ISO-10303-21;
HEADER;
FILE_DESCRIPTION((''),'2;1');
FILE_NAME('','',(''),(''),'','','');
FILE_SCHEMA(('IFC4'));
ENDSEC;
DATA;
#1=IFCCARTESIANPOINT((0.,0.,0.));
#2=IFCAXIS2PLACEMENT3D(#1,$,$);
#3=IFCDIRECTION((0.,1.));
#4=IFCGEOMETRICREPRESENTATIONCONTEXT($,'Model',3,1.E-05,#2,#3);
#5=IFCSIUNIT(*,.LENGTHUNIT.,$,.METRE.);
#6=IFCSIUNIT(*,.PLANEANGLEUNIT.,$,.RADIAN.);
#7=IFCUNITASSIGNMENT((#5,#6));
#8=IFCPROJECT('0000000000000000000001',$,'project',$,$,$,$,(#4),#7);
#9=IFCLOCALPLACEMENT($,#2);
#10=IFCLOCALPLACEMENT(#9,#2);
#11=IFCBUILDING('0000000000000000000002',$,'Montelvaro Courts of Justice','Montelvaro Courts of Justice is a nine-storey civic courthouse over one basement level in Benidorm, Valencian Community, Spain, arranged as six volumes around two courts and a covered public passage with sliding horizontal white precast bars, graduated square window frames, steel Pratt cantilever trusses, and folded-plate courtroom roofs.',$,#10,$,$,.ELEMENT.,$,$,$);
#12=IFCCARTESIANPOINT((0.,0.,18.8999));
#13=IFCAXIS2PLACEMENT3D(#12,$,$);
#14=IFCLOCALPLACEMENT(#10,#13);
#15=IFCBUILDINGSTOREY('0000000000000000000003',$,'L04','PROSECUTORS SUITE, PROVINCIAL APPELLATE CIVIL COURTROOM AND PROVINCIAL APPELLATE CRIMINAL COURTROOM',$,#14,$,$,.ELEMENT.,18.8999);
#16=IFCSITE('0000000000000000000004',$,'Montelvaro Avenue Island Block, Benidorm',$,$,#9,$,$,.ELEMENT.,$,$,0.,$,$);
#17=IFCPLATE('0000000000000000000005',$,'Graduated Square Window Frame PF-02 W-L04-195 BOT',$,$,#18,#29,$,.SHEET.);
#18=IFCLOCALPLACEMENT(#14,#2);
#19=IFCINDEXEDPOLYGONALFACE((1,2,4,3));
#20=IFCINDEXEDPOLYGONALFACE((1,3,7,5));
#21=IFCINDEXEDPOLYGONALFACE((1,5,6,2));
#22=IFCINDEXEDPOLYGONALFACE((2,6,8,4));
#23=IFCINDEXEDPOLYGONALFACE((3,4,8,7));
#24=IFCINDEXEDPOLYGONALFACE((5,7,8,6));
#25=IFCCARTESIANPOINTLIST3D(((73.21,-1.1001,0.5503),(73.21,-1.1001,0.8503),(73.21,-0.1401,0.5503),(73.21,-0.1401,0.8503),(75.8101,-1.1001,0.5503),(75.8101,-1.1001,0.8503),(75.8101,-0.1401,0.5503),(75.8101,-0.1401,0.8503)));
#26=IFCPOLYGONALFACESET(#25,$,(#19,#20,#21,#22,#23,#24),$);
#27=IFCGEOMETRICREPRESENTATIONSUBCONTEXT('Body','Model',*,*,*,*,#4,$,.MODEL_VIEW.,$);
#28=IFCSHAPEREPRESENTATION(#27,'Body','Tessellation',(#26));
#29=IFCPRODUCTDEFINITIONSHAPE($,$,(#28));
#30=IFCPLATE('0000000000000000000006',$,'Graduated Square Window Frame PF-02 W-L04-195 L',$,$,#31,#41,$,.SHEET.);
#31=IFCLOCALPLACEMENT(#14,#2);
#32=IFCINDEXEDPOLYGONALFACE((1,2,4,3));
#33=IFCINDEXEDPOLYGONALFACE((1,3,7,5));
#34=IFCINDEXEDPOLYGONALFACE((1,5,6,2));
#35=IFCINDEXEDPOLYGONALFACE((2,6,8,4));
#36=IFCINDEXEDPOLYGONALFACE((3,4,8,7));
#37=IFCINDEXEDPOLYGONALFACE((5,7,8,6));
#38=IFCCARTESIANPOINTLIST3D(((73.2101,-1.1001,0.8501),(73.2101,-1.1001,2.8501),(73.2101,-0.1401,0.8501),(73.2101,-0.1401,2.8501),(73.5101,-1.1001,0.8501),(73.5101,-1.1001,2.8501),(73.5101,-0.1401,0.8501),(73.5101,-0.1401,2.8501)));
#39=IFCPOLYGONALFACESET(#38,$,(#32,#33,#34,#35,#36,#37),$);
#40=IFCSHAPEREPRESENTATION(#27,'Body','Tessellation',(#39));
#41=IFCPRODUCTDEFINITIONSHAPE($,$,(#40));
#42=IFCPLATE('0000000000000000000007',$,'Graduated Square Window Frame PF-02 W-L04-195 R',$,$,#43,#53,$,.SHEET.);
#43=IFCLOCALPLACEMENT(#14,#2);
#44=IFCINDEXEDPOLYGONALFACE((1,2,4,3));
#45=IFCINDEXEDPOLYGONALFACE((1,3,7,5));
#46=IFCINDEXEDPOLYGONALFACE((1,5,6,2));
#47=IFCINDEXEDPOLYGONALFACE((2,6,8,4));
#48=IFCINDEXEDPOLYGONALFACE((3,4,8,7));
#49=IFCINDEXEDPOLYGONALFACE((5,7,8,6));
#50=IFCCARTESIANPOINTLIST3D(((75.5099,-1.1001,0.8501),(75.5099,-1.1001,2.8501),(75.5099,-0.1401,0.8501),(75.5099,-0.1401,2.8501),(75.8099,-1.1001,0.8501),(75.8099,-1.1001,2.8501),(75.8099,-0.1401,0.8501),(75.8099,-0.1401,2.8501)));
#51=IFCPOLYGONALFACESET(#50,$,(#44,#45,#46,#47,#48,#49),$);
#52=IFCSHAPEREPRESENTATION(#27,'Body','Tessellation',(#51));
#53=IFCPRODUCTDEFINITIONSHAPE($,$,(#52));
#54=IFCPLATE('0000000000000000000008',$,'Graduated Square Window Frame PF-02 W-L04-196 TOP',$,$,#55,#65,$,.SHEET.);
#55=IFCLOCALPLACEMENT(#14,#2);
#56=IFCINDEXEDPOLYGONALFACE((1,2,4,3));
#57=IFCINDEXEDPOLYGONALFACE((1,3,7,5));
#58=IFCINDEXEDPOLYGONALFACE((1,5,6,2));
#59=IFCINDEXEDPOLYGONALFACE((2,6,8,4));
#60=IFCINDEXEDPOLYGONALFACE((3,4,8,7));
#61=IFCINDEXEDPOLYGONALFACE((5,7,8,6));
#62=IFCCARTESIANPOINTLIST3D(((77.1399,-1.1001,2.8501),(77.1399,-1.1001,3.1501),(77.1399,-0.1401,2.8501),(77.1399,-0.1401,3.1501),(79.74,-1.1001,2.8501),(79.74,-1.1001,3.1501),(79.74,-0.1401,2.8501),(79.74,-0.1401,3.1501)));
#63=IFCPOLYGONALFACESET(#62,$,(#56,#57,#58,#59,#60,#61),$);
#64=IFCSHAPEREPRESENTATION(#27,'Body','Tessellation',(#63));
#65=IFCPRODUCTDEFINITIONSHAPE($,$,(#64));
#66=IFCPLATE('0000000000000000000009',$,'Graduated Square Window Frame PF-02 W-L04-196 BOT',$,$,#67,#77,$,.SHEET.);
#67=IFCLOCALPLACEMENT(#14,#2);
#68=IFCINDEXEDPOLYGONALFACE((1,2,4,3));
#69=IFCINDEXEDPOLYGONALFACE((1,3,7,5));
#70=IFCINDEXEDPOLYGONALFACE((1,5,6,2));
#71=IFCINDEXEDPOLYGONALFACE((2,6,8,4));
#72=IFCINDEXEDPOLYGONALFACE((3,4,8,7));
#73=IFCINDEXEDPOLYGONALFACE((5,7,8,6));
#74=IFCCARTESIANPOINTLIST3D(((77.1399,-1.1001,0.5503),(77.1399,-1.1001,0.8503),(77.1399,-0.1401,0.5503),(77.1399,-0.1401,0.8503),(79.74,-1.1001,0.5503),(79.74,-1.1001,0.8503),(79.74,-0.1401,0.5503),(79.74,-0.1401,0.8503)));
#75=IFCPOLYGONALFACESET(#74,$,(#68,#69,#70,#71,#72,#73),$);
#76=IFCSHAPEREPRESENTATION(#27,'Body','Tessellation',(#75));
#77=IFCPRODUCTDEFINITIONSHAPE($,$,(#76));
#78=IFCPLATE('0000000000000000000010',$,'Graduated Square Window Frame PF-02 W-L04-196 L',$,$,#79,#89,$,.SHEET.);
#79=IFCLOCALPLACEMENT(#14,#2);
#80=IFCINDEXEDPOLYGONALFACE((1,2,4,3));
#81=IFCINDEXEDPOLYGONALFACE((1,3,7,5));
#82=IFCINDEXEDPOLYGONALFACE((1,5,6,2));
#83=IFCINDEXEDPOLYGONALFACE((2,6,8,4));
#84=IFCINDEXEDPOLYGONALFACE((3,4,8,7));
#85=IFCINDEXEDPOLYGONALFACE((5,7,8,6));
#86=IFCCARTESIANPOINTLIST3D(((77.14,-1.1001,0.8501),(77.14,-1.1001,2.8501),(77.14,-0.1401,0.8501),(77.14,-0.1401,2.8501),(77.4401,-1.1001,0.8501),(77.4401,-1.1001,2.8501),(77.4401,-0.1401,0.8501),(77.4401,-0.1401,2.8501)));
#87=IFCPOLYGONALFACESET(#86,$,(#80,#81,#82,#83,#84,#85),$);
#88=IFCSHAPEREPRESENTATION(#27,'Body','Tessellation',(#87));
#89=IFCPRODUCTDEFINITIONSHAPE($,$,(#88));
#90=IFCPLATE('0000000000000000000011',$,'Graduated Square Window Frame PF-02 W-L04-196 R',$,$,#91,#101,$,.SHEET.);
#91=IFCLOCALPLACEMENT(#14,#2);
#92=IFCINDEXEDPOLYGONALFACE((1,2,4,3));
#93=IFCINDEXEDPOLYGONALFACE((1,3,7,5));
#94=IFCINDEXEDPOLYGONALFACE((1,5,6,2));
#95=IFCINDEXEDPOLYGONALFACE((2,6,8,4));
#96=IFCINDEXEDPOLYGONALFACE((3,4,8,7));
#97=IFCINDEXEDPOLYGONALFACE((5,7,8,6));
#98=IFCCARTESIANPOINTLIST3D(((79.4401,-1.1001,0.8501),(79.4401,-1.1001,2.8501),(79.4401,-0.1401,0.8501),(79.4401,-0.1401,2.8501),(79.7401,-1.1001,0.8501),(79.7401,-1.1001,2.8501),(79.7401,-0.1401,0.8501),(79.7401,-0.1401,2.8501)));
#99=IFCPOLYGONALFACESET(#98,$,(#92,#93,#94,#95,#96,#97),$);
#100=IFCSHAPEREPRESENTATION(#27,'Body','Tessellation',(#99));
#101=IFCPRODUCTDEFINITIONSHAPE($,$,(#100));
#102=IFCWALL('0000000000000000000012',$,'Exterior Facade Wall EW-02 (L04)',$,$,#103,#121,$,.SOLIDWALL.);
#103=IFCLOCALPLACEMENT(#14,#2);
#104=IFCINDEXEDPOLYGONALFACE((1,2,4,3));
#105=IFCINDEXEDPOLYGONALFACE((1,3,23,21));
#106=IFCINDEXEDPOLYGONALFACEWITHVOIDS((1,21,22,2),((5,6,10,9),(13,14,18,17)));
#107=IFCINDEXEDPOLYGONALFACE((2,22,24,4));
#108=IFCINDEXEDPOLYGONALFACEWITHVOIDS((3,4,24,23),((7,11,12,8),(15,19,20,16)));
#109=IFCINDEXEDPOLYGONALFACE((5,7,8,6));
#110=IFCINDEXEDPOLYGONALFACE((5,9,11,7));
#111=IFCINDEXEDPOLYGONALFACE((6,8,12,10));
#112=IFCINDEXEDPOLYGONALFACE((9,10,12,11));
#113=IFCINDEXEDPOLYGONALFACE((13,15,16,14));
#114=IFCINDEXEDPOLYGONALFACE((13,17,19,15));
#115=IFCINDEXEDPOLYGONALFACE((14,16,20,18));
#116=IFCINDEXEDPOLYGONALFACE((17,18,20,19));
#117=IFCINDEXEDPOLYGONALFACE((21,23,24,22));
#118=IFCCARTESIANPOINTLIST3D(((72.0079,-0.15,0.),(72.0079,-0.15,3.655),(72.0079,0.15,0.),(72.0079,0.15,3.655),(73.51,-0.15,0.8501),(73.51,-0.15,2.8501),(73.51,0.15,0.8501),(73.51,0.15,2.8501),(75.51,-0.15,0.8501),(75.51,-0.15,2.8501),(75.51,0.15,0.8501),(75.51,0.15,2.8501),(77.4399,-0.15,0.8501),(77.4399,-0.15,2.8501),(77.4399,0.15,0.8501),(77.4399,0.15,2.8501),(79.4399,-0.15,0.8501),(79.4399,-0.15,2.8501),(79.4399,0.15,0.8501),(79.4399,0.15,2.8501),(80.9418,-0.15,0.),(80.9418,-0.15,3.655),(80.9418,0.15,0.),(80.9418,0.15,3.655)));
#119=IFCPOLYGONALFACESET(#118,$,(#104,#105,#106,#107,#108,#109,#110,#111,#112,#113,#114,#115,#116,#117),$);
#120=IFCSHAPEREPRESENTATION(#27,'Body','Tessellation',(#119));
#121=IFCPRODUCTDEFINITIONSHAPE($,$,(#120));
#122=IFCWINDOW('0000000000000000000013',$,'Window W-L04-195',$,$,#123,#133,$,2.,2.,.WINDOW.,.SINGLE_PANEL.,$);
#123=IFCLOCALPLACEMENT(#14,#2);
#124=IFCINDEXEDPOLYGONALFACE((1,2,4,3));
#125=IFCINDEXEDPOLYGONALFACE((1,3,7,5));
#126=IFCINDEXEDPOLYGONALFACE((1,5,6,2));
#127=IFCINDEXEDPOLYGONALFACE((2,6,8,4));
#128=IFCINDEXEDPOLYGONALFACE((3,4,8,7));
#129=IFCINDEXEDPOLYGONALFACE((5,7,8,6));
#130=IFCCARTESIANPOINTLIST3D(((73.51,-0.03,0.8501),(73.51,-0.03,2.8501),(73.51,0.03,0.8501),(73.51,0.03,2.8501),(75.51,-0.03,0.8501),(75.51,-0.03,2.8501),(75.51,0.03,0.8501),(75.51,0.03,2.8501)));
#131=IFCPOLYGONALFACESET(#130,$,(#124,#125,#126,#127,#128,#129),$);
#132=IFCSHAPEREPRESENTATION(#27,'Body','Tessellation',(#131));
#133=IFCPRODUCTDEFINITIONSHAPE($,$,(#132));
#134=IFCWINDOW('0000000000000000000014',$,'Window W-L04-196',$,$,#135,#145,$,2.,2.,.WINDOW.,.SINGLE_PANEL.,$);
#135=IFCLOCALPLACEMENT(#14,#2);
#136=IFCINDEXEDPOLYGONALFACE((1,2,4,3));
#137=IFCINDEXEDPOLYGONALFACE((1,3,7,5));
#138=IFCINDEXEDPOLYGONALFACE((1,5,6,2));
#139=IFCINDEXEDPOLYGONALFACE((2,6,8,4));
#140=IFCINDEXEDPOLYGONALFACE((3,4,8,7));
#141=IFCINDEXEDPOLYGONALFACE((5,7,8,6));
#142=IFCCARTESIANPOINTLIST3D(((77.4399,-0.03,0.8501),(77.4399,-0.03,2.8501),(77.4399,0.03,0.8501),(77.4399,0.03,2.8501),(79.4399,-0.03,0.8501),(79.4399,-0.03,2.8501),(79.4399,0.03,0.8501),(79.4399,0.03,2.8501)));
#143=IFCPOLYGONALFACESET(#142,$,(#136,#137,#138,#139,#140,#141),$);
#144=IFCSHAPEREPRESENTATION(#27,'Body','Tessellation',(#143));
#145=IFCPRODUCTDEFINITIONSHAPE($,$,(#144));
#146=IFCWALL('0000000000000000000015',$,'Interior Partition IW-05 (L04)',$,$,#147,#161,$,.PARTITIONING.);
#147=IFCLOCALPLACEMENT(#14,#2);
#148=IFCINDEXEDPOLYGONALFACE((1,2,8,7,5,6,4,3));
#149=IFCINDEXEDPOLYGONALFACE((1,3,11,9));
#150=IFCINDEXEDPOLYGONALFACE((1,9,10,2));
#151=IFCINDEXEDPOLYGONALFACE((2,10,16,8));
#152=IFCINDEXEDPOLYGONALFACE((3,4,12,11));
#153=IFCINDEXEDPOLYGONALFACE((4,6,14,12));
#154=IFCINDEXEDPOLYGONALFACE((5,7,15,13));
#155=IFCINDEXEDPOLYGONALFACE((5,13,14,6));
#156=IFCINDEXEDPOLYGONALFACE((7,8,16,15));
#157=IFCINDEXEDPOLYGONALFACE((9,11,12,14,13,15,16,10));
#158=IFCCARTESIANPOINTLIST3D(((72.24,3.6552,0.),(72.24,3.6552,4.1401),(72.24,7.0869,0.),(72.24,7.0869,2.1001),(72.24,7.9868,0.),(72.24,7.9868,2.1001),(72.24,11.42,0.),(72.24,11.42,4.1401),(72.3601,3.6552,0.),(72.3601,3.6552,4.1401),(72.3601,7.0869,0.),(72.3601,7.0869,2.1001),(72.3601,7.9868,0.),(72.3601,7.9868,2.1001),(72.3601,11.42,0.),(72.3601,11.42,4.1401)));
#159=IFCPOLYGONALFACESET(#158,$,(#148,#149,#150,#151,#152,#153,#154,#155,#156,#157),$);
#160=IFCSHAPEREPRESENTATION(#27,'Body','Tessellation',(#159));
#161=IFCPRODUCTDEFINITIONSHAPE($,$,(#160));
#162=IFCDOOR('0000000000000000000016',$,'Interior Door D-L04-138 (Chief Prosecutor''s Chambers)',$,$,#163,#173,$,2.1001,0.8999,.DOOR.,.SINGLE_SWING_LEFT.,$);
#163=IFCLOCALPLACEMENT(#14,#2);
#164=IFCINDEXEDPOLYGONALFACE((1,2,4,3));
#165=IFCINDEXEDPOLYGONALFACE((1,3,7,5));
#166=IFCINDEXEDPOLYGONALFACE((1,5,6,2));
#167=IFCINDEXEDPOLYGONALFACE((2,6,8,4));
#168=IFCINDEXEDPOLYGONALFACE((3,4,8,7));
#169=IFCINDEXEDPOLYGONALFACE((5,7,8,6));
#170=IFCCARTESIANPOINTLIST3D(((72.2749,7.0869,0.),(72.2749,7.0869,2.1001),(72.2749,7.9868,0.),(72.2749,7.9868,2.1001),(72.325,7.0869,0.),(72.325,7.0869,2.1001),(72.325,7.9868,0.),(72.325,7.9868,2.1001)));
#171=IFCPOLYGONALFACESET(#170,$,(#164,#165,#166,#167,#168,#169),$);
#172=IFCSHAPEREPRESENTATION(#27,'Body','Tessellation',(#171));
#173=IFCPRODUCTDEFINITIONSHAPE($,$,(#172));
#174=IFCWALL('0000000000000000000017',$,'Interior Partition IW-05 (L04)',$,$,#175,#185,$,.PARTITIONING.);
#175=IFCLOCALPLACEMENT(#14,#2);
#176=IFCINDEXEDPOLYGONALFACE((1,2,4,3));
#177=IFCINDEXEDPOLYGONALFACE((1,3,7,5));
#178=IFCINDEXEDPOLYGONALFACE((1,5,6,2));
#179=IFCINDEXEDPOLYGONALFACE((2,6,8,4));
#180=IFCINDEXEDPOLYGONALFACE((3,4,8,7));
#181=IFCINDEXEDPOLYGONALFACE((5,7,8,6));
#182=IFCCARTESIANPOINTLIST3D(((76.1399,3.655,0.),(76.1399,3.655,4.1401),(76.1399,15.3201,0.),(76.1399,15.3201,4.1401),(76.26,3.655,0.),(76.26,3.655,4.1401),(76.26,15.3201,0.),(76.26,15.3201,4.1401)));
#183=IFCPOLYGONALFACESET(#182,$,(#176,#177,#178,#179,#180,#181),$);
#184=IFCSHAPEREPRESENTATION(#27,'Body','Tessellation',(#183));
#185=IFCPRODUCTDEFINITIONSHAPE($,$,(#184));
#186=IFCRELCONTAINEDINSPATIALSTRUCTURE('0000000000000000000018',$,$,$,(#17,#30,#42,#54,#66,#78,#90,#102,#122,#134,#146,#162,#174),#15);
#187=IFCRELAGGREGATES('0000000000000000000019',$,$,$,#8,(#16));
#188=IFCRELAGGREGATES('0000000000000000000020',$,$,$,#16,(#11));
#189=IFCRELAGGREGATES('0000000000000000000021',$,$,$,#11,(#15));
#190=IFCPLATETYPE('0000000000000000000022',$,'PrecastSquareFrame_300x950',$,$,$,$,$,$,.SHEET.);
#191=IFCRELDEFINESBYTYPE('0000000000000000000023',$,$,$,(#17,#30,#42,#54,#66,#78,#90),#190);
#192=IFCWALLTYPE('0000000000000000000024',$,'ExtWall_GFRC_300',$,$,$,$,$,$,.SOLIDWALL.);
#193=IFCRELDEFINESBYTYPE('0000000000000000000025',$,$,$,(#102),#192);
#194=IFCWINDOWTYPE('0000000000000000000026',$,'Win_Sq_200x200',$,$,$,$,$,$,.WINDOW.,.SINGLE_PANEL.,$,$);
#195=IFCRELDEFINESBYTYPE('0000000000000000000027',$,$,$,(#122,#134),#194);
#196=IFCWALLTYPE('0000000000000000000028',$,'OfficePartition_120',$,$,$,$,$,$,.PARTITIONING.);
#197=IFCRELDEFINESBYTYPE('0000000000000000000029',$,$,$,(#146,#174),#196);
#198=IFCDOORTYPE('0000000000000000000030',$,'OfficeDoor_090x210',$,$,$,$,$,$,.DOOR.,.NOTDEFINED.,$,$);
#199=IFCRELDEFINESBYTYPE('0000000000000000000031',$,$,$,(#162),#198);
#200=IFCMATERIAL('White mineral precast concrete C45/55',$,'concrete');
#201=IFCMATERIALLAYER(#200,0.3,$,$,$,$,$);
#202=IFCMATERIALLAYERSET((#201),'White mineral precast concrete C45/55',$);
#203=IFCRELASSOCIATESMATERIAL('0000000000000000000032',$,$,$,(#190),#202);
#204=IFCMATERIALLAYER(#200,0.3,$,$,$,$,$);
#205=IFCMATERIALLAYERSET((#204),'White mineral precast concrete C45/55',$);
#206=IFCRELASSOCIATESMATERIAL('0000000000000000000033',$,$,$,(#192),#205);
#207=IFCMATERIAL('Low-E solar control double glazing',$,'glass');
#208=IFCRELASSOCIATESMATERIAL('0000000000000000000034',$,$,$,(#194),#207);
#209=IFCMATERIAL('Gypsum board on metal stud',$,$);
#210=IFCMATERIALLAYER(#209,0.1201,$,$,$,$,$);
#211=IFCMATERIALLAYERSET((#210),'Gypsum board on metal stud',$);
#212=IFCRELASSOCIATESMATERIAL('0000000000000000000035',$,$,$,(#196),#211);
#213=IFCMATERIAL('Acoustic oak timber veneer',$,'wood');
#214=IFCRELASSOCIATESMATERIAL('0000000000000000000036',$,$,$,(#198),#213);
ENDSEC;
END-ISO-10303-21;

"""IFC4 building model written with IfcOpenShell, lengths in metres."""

from ifc_helpers import new_model, si_unit, direction, frame, frame_2d, origin, origin_2d, place, context, subcontext, project, spatial, rectangle, extrude, material, layer, layer_set, type_object, element, fill, save


model = new_model("IFC4")

# Units and contexts
model_context = context("Model", 3, precision=1e-05, world=origin(), true_north=direction((0.0, 1.0)))
body_context = subcontext(model_context, "Body", "Model", "MODEL_VIEW")
ifc_project = project(units=[si_unit("LENGTHUNIT", "METRE"), si_unit("PLANEANGLEUNIT", "RADIAN")], contexts=[model_context])

# Site, building, storey
site_placement = place(None, origin())
site = spatial("IfcSite", under=ifc_project, at=site_placement, Name="Montelvaro Avenue Island Block, Benidorm", CompositionType="ELEMENT", RefElevation=0.0)
building_placement = place(site_placement, origin())
building = spatial("IfcBuilding", under=site, at=building_placement, Name="Montelvaro Courts of Justice", Description="Montelvaro Courts of Justice is a nine-storey civic courthouse over one basement level in Benidorm, Valencian Community, Spain, arranged as six volumes around two courts and a covered public passage with sliding horizontal white precast bars, graduated square window frames, steel Pratt cantilever trusses, and folded-plate courtroom roofs.", CompositionType="ELEMENT")
storey_placement = place(building_placement, frame((0.0, 0.0, 18.8999)))
storey = spatial("IfcBuildingStorey", under=building, at=storey_placement, Name="L04", Description="PROSECUTORS SUITE, PROVINCIAL APPELLATE CIVIL COURTROOM AND PROVINCIAL APPELLATE CRIMINAL COURTROOM", CompositionType="ELEMENT", Elevation=18.8999)

# Plates
ifc_material_1 = material(Name="White mineral precast concrete C45/55", Category="concrete")
ifc_layer_1 = layer(ifc_material_1, 0.3)
ifc_layer_set_1 = layer_set([ifc_layer_1], Name="White mineral precast concrete C45/55")
plate_type = type_object("IfcPlateType", Name="PrecastSquareFrame_300x950", PredefinedType="SHEET", material=ifc_layer_set_1)
for number, where, z_axis, x_axis, name in (
    (1, (74.51, -0.6201, 0.5503), (0.0, 0.0, 1.0), (1.0, 0.0, 0.0), "Graduated Square Window Frame PF-02 W-L04-195 BOT"),
):
    element("IfcPlate", number, at=place(storey_placement, frame(where, z_axis=z_axis, x_axis=x_axis)), inside=storey, type_object=plate_type, Name=name, PredefinedType="SHEET", context=body_context, shape_type="SweptSolid", body=[
        extrude(rectangle(XDim=2.6001, YDim=0.96, at=origin_2d()), origin(), (0.0, 0.0, 1.0), 0.3),
    ])
for number, where, z_axis, x_axis, name in (
    (2, (73.3601, -0.6201, 0.8501), (0.0, 0.0, 1.0), (1.0, 0.0, 0.0), "Graduated Square Window Frame PF-02 W-L04-195 L"),
    (3, (75.6599, -0.6201, 0.8501), (0.0, 0.0, 1.0), (1.0, 0.0, 0.0), "Graduated Square Window Frame PF-02 W-L04-195 R"),
):
    element("IfcPlate", number, at=place(storey_placement, frame(where, z_axis=z_axis, x_axis=x_axis)), inside=storey, type_object=plate_type, Name=name, PredefinedType="SHEET", context=body_context, shape_type="SweptSolid", body=[
        extrude(rectangle(XDim=0.3, YDim=0.96, at=origin_2d()), origin(), (0.0, 0.0, 1.0), 2.0),
    ])
for number, where, z_axis, x_axis, name in (
    (4, (78.4399, -0.6201, 2.8501), (0.0, 0.0, 1.0), (1.0, 0.0, 0.0), "Graduated Square Window Frame PF-02 W-L04-196 TOP"),
    (5, (78.4399, -0.6201, 0.5503), (0.0, 0.0, 1.0), (1.0, 0.0, 0.0), "Graduated Square Window Frame PF-02 W-L04-196 BOT"),
):
    element("IfcPlate", number, at=place(storey_placement, frame(where, z_axis=z_axis, x_axis=x_axis)), inside=storey, type_object=plate_type, Name=name, PredefinedType="SHEET", context=body_context, shape_type="SweptSolid", body=[
        extrude(rectangle(XDim=2.6001, YDim=0.96, at=origin_2d()), origin(), (0.0, 0.0, 1.0), 0.3),
    ])
for number, where, z_axis, x_axis, name in (
    (6, (77.29, -0.6201, 0.8501), (0.0, 0.0, 1.0), (1.0, 0.0, 0.0), "Graduated Square Window Frame PF-02 W-L04-196 L"),
    (7, (79.5901, -0.6201, 0.8501), (0.0, 0.0, 1.0), (1.0, 0.0, 0.0), "Graduated Square Window Frame PF-02 W-L04-196 R"),
):
    element("IfcPlate", number, at=place(storey_placement, frame(where, z_axis=z_axis, x_axis=x_axis)), inside=storey, type_object=plate_type, Name=name, PredefinedType="SHEET", context=body_context, shape_type="SweptSolid", body=[
        extrude(rectangle(XDim=0.3, YDim=0.96, at=origin_2d()), origin(), (0.0, 0.0, 1.0), 2.0),
    ])

# Wall, openings, windows
ifc_layer_2 = layer(ifc_material_1, 0.3)
ifc_layer_set_2 = layer_set([ifc_layer_2], Name="White mineral precast concrete C45/55")
wall_type_1 = type_object("IfcWallType", Name="ExtWall_GFRC_300", PredefinedType="SOLIDWALL", material=ifc_layer_set_2)
wall_1_placement = place(storey_placement, frame((72.0081, 0.0, 0.0), z_axis=(0.0, 0.0, 1.0), x_axis=(1.0, 0.0, 0.0)))
wall_1 = element("IfcWall", 8, at=wall_1_placement, inside=storey, type_object=wall_type_1, Name="Exterior Facade Wall EW-02 (L04)", PredefinedType="SOLIDWALL", context=body_context, shape_type="SweptSolid", body=[
    extrude(rectangle(XDim=8.9338, YDim=0.3, at=frame_2d((4.4668, 0.0))), origin(), (0.0, 0.0, 1.0), 3.655),
])
opening_1_placement = place(wall_1_placement, frame((1.502, 0.0, 0.8501)))
opening_1 = element("IfcOpeningElement", 9, at=opening_1_placement, cuts=wall_1, PredefinedType="OPENING", context=body_context, shape_type="SweptSolid", body=[
    extrude(rectangle(XDim=2.0, YDim=2.0, at=frame_2d((1.0, 1.0))), frame((0.0, 0.165, 0.0), z_axis=(0.0, -1.0, 0.0), x_axis=(1.0, 0.0, 0.0)), (0.0, 0.0, 1.0), 0.3298),
])
opening_2_placement = place(wall_1_placement, frame((5.4319, 0.0, 0.8501)))
opening_2 = element("IfcOpeningElement", 10, at=opening_2_placement, cuts=wall_1, PredefinedType="OPENING", context=body_context, shape_type="SweptSolid", body=[
    extrude(rectangle(XDim=2.0, YDim=2.0, at=frame_2d((1.0, 1.0))), frame((0.0, 0.165, 0.0), z_axis=(0.0, -1.0, 0.0), x_axis=(1.0, 0.0, 0.0)), (0.0, 0.0, 1.0), 0.3298),
])
ifc_material_2 = material(Name="Low-E solar control double glazing", Category="glass")
window_type = type_object("IfcWindowType", Name="Win_Sq_200x200", PartitioningType="SINGLE_PANEL", PredefinedType="WINDOW", material=ifc_material_2)
window_1_placement = place(opening_1_placement, origin())
window_1 = element("IfcWindow", 11, at=window_1_placement, inside=storey, type_object=window_type, Name="Window W-L04-195", OverallHeight=2.0, OverallWidth=2.0, PartitioningType="SINGLE_PANEL", PredefinedType="WINDOW", context=body_context, shape_type="SweptSolid", body=[
    extrude(rectangle(XDim=2.0, YDim=2.0, at=frame_2d((1.0, 1.0))), frame((0.0, 0.03, 0.0), z_axis=(0.0, -1.0, 0.0), x_axis=(1.0, 0.0, 0.0)), (0.0, 0.0, 1.0), 0.0601),
])
fill(opening_1, window_1)
window_2_placement = place(opening_2_placement, origin())
window_2 = element("IfcWindow", 12, at=window_2_placement, inside=storey, type_object=window_type, Name="Window W-L04-196", OverallHeight=2.0, OverallWidth=2.0, PartitioningType="SINGLE_PANEL", PredefinedType="WINDOW", context=body_context, shape_type="SweptSolid", body=[
    extrude(rectangle(XDim=2.0, YDim=2.0, at=frame_2d((1.0, 1.0))), frame((0.0, 0.03, 0.0), z_axis=(0.0, -1.0, 0.0), x_axis=(1.0, 0.0, 0.0)), (0.0, 0.0, 1.0), 0.0601),
])
fill(opening_2, window_2)

# Wall, opening, door
ifc_material_3 = material(Name="Gypsum board on metal stud")
ifc_layer_3 = layer(ifc_material_3, 0.1201)
ifc_layer_set_3 = layer_set([ifc_layer_3], Name="Gypsum board on metal stud")
wall_type_2 = type_object("IfcWallType", Name="OfficePartition_120", PredefinedType="PARTITIONING", material=ifc_layer_set_3)
wall_2_placement = place(storey_placement, frame((72.3, 11.4199, 0.0), z_axis=(0.0, 0.0, 1.0), x_axis=(0.0, -1.0, 0.0)))
wall_2 = element("IfcWall", 13, at=wall_2_placement, inside=storey, type_object=wall_type_2, Name="Interior Partition IW-05 (L04)", PredefinedType="PARTITIONING", context=body_context, shape_type="SweptSolid", body=[
    extrude(rectangle(XDim=7.7649, YDim=0.1201, at=frame_2d((3.8823, 0.0))), origin(), (0.0, 0.0, 1.0), 4.1401),
])
opening_3_placement = place(wall_2_placement, frame((3.4331, 0.0, 0.0)))
opening_3 = element("IfcOpeningElement", 14, at=opening_3_placement, cuts=wall_2, PredefinedType="OPENING", context=body_context, shape_type="SweptSolid", body=[
    extrude(rectangle(XDim=0.8999, YDim=2.1001, at=frame_2d((0.45, 1.05))), frame((0.0, 0.075, 0.0), z_axis=(0.0, -1.0, 0.0), x_axis=(1.0, 0.0, 0.0)), (0.0, 0.0, 1.0), 0.1499),
])
ifc_material_4 = material(Name="Acoustic oak timber veneer", Category="wood")
door_type = type_object("IfcDoorType", Name="OfficeDoor_090x210", OperationType="NOTDEFINED", PredefinedType="DOOR", material=ifc_material_4)
door_placement = place(opening_3_placement, origin())
door = element("IfcDoor", 15, at=door_placement, inside=storey, type_object=door_type, Name="Interior Door D-L04-138 (Chief Prosecutor's Chambers)", OperationType="SINGLE_SWING_LEFT", OverallHeight=2.1001, OverallWidth=0.8999, PredefinedType="DOOR", context=body_context, shape_type="SweptSolid", body=[
    extrude(rectangle(XDim=0.8999, YDim=2.1001, at=frame_2d((0.45, 1.05))), frame((0.0, 0.0249, 0.0), z_axis=(0.0, -1.0, 0.0), x_axis=(1.0, 0.0, 0.0)), (0.0, 0.0, 1.0), 0.05),
])
fill(opening_3, door)

# Wall
wall_3_placement = place(storey_placement, frame((76.2, 3.655, 0.0), z_axis=(0.0, 0.0, 1.0), x_axis=(0.0, 1.0, 0.0)))
element("IfcWall", 16, at=wall_3_placement, inside=storey, type_object=wall_type_2, Name="Interior Partition IW-05 (L04)", PredefinedType="PARTITIONING", context=body_context, shape_type="SweptSolid", body=[
    extrude(rectangle(XDim=11.665, YDim=0.1201, at=frame_2d((5.8325, 0.0))), origin(), (0.0, 0.0, 1.0), 4.1401),
])

save(model, "model.ifc")
